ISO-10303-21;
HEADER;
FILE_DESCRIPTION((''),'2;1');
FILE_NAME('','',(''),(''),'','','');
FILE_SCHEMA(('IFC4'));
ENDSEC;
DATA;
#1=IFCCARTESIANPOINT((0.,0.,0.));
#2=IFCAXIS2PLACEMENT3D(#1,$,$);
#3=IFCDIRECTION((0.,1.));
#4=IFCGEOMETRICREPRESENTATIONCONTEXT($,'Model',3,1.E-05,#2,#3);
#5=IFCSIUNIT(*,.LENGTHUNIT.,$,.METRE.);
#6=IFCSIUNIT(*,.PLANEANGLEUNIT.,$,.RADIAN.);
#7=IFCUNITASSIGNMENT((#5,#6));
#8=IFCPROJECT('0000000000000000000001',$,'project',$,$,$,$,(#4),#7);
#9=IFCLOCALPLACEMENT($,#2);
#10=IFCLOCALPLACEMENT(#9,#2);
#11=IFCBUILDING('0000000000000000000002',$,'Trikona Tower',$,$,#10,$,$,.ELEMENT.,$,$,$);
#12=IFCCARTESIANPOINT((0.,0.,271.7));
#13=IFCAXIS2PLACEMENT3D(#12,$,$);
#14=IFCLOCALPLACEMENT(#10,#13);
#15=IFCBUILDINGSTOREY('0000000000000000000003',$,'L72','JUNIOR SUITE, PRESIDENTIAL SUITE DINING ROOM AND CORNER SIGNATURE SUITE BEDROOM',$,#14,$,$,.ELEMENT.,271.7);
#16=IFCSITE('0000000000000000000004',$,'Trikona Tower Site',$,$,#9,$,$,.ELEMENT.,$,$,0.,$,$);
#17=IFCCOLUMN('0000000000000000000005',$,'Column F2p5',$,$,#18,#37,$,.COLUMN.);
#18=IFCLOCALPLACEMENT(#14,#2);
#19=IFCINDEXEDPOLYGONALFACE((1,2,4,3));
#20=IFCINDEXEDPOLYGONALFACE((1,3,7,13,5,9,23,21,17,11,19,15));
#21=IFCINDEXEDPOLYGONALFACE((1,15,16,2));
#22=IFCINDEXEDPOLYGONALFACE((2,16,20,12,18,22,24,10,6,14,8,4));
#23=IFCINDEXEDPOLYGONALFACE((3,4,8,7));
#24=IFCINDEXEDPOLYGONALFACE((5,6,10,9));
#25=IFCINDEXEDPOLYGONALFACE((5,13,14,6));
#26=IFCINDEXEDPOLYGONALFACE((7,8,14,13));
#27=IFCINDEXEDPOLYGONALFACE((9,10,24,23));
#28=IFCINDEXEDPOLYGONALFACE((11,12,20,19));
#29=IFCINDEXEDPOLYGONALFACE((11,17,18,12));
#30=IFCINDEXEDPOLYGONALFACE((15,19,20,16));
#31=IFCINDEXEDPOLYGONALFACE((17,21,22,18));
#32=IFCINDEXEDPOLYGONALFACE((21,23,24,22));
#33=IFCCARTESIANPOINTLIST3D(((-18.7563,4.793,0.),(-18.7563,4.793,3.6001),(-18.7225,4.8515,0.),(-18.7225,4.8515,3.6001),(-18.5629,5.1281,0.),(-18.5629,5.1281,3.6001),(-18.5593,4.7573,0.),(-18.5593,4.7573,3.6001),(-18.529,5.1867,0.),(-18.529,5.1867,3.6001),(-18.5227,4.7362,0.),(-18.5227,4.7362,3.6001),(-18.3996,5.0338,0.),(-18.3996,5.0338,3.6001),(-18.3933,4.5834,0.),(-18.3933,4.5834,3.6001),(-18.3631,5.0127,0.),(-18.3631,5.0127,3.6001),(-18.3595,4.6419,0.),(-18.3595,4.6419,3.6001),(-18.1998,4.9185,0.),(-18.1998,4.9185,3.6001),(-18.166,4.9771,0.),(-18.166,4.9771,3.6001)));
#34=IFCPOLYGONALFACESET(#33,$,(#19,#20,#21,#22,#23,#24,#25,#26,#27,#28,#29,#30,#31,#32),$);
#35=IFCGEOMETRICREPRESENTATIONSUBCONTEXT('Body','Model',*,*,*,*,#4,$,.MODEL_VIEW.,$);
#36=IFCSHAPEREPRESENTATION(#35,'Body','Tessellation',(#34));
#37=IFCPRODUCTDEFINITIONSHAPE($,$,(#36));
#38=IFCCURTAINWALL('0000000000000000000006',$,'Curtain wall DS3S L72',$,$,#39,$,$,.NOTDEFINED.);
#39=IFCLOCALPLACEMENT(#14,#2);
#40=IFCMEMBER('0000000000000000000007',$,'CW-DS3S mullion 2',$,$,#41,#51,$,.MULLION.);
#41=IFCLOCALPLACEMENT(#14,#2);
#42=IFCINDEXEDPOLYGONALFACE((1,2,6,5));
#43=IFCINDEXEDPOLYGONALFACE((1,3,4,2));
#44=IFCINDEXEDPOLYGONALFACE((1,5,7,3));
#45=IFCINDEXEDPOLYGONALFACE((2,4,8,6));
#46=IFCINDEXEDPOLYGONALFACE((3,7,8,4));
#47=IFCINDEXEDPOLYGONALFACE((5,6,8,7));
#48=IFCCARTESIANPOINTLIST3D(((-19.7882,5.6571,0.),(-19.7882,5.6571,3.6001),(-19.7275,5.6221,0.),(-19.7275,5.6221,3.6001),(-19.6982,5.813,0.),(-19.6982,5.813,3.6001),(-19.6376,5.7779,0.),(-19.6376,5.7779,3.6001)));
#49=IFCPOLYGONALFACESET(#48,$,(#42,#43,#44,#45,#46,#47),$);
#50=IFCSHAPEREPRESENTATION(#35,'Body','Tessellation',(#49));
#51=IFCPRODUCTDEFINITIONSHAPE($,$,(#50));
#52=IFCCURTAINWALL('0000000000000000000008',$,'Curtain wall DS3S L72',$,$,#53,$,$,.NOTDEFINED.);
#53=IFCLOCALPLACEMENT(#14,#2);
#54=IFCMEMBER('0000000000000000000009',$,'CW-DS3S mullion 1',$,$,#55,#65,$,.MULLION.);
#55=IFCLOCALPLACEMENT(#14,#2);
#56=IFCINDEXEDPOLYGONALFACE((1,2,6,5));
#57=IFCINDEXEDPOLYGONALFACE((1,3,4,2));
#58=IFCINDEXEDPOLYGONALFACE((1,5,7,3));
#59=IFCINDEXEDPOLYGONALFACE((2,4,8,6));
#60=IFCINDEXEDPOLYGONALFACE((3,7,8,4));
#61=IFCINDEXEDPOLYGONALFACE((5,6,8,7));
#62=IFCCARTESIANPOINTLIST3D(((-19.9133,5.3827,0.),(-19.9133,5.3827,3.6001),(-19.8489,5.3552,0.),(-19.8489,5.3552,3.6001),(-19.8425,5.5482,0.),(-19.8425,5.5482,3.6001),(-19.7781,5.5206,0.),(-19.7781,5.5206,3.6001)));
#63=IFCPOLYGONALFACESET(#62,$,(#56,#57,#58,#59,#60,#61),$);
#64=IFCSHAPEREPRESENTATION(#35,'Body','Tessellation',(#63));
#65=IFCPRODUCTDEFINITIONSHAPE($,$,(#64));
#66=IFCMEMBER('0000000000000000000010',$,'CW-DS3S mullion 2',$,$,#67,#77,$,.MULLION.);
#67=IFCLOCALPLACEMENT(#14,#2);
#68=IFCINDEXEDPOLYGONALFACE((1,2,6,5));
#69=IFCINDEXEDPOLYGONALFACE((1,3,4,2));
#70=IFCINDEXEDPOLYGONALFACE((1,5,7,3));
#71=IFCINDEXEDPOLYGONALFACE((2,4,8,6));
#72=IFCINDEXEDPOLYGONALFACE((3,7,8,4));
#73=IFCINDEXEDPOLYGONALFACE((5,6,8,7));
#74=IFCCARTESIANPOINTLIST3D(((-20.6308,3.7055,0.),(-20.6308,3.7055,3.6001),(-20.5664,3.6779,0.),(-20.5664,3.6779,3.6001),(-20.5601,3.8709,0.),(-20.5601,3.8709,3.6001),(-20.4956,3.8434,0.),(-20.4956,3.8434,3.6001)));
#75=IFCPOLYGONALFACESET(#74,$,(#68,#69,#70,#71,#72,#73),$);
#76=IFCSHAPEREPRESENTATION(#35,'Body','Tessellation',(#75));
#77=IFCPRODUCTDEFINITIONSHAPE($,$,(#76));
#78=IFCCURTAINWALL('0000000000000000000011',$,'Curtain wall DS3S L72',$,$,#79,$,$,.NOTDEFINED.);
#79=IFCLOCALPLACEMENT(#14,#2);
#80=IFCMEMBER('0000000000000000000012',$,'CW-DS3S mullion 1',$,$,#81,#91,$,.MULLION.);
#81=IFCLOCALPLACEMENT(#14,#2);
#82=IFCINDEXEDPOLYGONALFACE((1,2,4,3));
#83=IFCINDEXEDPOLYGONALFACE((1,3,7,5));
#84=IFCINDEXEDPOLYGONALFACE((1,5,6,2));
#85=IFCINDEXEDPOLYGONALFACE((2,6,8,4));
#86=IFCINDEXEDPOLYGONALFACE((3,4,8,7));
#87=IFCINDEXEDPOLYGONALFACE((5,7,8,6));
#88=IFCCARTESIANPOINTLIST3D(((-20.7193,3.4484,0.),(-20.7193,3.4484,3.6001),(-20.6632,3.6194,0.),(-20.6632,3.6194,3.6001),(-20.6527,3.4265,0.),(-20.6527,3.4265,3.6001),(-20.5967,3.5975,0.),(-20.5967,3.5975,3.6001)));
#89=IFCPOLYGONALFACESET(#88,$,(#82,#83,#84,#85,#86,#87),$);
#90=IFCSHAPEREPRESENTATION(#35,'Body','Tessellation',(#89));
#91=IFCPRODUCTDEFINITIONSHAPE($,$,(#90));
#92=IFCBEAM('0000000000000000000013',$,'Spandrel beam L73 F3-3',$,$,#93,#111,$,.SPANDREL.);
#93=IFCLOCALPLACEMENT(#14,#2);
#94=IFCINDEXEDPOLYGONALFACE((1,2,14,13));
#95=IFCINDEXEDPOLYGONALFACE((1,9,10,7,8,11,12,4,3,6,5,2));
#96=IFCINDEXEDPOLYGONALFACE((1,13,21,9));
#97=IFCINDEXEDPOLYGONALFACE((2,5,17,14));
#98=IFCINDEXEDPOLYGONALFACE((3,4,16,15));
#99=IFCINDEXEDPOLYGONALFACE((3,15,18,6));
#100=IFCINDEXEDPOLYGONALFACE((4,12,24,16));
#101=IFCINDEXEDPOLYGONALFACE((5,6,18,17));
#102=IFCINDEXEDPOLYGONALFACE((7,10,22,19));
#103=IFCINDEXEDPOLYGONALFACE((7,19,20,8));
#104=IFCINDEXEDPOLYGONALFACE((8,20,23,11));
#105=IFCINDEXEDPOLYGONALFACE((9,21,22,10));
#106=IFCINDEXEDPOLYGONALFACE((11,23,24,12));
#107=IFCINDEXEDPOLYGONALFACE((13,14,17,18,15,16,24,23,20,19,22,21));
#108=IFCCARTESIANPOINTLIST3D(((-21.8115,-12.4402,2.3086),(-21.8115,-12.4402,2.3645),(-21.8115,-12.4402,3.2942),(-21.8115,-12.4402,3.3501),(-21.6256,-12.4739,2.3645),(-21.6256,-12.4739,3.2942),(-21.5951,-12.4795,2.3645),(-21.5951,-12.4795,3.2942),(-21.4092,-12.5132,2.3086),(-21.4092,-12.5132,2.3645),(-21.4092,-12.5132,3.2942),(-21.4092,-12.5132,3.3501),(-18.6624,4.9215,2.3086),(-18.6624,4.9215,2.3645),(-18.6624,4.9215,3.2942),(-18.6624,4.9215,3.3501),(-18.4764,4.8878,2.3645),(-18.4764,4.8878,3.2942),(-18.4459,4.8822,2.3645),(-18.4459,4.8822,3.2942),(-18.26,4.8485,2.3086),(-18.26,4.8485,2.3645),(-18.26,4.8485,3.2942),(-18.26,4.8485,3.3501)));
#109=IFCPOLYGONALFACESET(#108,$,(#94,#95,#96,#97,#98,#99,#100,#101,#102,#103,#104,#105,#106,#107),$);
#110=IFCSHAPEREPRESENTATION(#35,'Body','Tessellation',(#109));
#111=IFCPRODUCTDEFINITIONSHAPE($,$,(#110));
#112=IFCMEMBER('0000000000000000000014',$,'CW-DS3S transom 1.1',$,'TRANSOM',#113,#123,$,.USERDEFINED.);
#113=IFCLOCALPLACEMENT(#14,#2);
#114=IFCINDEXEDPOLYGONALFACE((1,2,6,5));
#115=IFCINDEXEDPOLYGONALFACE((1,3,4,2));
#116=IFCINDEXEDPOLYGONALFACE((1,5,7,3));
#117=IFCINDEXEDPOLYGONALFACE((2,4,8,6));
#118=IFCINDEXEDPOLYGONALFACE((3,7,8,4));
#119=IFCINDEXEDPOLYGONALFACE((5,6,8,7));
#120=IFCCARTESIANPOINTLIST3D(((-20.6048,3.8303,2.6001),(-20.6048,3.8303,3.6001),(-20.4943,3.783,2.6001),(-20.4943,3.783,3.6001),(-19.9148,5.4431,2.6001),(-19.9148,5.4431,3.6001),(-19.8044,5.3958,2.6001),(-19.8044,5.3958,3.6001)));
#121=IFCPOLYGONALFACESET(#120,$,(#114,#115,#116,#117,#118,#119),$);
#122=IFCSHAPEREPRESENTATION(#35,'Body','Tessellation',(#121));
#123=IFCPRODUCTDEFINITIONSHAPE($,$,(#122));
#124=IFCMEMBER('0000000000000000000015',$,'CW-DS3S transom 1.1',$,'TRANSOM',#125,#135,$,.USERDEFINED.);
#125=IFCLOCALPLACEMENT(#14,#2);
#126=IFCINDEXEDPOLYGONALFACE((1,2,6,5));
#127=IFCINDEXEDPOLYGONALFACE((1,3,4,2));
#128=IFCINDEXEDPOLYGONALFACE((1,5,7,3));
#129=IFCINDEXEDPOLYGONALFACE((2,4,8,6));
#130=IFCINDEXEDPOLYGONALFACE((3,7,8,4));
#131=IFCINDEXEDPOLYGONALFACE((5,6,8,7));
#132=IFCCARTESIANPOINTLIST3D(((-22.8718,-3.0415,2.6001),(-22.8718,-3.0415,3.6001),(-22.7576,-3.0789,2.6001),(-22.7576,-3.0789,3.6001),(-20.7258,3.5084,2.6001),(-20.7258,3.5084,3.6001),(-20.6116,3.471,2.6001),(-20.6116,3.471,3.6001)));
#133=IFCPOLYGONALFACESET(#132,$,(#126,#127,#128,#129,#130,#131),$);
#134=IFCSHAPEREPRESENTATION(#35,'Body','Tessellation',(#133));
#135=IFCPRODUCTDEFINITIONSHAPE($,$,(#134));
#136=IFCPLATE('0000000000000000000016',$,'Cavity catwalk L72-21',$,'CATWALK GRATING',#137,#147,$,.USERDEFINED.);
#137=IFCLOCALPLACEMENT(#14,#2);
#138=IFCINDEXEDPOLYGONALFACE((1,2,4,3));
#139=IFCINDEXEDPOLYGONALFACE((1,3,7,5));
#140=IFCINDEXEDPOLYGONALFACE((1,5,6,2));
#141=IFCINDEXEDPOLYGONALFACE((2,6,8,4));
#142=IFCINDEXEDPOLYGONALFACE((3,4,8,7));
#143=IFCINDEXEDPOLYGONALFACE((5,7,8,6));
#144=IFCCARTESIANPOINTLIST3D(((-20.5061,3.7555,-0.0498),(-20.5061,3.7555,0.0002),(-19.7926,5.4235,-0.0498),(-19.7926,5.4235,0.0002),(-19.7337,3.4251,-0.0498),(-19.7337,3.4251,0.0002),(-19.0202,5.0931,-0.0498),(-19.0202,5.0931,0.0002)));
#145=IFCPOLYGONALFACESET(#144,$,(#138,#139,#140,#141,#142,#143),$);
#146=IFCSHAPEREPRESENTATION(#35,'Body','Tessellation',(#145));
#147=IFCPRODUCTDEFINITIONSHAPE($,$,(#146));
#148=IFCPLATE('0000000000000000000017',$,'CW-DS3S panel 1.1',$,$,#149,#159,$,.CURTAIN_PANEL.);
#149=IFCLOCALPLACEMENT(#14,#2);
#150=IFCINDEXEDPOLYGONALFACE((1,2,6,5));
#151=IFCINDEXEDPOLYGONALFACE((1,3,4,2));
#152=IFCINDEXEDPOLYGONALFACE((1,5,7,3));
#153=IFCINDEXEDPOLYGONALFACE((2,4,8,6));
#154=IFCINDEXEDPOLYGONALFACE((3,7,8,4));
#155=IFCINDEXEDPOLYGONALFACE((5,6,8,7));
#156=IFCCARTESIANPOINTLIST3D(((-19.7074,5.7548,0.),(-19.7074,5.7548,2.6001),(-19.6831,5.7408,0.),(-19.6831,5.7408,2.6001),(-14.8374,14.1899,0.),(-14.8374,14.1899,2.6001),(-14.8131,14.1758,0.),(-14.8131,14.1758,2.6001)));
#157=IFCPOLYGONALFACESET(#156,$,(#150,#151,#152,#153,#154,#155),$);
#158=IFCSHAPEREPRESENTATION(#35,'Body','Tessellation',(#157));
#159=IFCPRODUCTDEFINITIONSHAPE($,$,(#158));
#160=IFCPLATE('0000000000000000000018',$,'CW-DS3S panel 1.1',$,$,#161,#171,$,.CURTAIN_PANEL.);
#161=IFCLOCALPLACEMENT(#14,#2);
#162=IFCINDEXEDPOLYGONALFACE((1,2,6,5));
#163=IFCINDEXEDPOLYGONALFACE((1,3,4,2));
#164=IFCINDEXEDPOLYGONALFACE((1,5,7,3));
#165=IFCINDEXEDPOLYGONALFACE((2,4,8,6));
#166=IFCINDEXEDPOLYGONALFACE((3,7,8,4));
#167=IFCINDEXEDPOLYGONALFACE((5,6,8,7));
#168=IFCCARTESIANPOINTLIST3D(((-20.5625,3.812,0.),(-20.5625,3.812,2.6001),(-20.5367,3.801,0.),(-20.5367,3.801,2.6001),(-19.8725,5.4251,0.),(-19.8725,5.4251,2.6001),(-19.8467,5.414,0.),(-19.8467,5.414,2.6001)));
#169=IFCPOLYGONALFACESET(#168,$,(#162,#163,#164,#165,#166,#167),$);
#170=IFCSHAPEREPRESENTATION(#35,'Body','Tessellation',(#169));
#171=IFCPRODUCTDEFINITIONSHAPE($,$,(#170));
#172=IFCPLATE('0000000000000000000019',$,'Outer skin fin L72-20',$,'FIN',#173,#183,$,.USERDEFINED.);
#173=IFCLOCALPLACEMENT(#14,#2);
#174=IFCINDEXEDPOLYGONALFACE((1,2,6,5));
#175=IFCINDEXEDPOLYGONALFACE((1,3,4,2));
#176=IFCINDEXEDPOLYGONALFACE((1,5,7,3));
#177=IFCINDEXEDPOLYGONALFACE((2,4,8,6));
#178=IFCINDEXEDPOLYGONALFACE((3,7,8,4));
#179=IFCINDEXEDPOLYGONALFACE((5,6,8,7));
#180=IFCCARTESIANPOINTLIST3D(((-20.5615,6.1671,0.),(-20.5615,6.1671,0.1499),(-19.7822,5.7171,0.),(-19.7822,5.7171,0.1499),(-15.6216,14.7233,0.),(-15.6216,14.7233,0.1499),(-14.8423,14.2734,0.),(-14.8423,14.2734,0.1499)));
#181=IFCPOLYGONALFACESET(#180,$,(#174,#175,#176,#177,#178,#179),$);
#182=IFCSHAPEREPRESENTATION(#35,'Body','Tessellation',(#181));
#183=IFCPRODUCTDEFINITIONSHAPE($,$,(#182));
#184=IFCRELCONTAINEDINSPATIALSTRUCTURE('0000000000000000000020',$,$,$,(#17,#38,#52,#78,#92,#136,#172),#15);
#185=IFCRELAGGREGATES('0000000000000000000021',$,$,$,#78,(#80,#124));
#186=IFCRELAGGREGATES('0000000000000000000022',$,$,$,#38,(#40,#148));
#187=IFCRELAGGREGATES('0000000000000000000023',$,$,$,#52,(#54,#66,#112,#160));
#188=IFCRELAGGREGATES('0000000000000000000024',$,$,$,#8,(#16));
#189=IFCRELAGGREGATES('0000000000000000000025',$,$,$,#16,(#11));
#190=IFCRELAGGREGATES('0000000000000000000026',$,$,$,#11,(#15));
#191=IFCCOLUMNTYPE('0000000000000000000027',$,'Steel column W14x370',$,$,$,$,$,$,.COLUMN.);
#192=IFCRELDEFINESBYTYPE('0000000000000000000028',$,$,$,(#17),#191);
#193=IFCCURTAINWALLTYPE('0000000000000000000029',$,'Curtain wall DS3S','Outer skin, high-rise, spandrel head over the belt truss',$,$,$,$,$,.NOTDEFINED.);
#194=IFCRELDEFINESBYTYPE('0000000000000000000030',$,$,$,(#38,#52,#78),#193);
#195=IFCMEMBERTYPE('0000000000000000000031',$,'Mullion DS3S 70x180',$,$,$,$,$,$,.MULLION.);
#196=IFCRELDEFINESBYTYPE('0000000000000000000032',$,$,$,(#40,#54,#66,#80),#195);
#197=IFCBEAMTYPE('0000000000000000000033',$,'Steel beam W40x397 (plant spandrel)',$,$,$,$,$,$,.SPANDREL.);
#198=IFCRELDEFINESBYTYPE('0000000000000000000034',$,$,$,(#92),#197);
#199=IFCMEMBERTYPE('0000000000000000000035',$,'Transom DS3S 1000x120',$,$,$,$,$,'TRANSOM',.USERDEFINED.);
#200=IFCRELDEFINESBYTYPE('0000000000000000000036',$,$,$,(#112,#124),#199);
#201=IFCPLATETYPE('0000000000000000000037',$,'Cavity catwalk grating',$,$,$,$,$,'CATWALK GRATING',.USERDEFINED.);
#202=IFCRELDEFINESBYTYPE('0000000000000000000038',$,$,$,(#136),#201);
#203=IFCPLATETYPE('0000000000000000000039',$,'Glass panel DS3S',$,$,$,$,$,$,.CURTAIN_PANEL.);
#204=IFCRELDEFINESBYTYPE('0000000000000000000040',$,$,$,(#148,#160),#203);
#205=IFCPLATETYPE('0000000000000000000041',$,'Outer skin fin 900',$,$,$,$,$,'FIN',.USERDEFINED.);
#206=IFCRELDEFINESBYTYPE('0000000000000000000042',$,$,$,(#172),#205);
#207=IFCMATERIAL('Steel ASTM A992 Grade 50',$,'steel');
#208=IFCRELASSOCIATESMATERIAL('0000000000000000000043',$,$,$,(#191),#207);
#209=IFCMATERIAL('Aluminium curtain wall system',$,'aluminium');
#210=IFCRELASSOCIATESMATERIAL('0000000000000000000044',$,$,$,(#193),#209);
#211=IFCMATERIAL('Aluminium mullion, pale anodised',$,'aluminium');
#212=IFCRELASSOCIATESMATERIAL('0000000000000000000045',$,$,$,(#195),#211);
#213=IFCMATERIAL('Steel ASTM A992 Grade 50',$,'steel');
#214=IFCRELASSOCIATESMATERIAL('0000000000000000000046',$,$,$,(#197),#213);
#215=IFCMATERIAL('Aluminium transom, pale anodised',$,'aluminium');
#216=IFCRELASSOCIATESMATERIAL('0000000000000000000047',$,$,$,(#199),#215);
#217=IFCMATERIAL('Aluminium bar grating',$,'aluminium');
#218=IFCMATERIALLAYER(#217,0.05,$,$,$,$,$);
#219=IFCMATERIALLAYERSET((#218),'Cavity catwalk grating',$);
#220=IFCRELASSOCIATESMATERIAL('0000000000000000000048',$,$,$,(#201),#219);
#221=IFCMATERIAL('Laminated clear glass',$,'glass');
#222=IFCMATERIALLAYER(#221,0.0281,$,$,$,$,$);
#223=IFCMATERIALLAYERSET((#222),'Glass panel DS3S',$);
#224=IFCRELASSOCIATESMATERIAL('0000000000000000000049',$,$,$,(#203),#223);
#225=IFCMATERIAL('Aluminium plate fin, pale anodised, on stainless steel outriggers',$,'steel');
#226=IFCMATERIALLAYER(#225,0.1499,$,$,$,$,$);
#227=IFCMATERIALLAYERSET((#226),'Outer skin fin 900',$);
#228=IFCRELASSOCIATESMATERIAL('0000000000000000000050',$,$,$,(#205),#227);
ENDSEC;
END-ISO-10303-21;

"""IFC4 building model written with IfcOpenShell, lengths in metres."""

from ifc_helpers import new_model, si_unit, direction, frame, origin, origin_2d, place, context, subcontext, project, spatial, rectangle, i_section, extrude, material, layer, layer_set, material_profile, profile_set, type_object, element, aggregate, save


model = new_model("IFC4")

# Units and contexts
model_context = context("Model", 3, precision=1e-05, world=origin(), true_north=direction((0.0, 1.0)))
body_context = subcontext(model_context, "Body", "Model", "MODEL_VIEW")
ifc_project = project(units=[si_unit("LENGTHUNIT", "METRE"), si_unit("PLANEANGLEUNIT", "RADIAN")], contexts=[model_context])

# Site, building, storey
site_placement = place(None, origin())
site = spatial("IfcSite", under=ifc_project, at=site_placement, Name="Trikona Tower Site", CompositionType="ELEMENT", RefElevation=0.0)
building_placement = place(site_placement, origin())
building = spatial("IfcBuilding", under=site, at=building_placement, Name="Trikona Tower", CompositionType="ELEMENT")
storey_placement = place(building_placement, frame((0.0, 0.0, 271.7)))
storey = spatial("IfcBuildingStorey", under=building, at=storey_placement, Name="L72", Description="JUNIOR SUITE, PRESIDENTIAL SUITE DINING ROOM AND CORNER SIGNATURE SUITE BEDROOM", CompositionType="ELEMENT", Elevation=271.7)

# Column
ifc_material_1 = material(Name="Steel ASTM A992 Grade 50", Category="steel")
ifc_material_profile_1 = material_profile(ifc_material_1, i_section(OverallWidth=0.4192, OverallDepth=0.4546, WebThickness=0.0422, FlangeThickness=0.0676, at=origin_2d()), Name="W14X370")
ifc_profile_set_1 = profile_set([ifc_material_profile_1], Name="Steel ASTM A992 Grade 50")
column_type = type_object("IfcColumnType", Name="Steel column W14x370", PredefinedType="COLUMN", material=ifc_profile_set_1)
column_placement = place(storey_placement, frame((-18.4612, 4.885, 0.0), z_axis=(0.0, 0.0, 1.0), x_axis=(-0.866025, 0.5, 0.0)))
element("IfcColumn", 1, at=column_placement, inside=storey, type_object=column_type, Name="Column F2p5", PredefinedType="COLUMN", context=body_context, shape_type="SweptSolid", body=[
    extrude(i_section(OverallWidth=0.4192, OverallDepth=0.4546, WebThickness=0.0422, FlangeThickness=0.0676, at=origin_2d()), origin(), (0.0, 0.0, 1.0), 3.6001),
])

# Curtain wall, member
ifc_material_2 = material(Name="Aluminium curtain wall system", Category="aluminium")
curtain_wall_type = type_object("IfcCurtainWallType", Name="Curtain wall DS3S", Description="Outer skin, high-rise, spandrel head over the belt truss", PredefinedType="NOTDEFINED", material=ifc_material_2)
curtain_wall_1_placement = place(storey_placement, origin())
curtain_wall_1 = element("IfcCurtainWall", 2, at=curtain_wall_1_placement, inside=storey, type_object=curtain_wall_type, Name="Curtain wall DS3S L72", PredefinedType="NOTDEFINED")
ifc_material_3 = material(Name="Aluminium mullion, pale anodised", Category="aluminium")
ifc_material_profile_2 = material_profile(ifc_material_3, rectangle(XDim=0.0701, YDim=0.1799, at=origin_2d()), Name="MUL-DS3S")
ifc_profile_set_2 = profile_set([ifc_material_profile_2], Name="Aluminium mullion, pale anodised")
member_type_1 = type_object("IfcMemberType", Name="Mullion DS3S 70x180", PredefinedType="MULLION", material=ifc_profile_set_2)
member_1_placement = place(storey_placement, frame((-19.7129, 5.7175, 0.0), z_axis=(0.0, 0.0, 1.0), x_axis=(0.866025, -0.500001, 0.0)))
member_1 = element("IfcMember", 3, at=member_1_placement, type_object=member_type_1, Name="CW-DS3S mullion 2", PredefinedType="MULLION", context=body_context, shape_type="SweptSolid", body=[
    extrude(rectangle(XDim=0.0701, YDim=0.1799, at=origin_2d()), origin(), (0.0, 0.0, 1.0), 3.6001),
])

# Curtain wall, members
curtain_wall_2_placement = place(storey_placement, origin())
curtain_wall_2 = element("IfcCurtainWall", 4, at=curtain_wall_2_placement, inside=storey, type_object=curtain_wall_type, Name="Curtain wall DS3S L72", PredefinedType="NOTDEFINED")
member_2_placement = place(storey_placement, frame((-19.8457, 5.4517, 0.0), z_axis=(0.0, 0.0, 1.0), x_axis=(0.919421, -0.393276, 0.0)))
member_2 = element("IfcMember", 5, at=member_2_placement, type_object=member_type_1, Name="CW-DS3S mullion 1", PredefinedType="MULLION", context=body_context, shape_type="SweptSolid", body=[
    extrude(rectangle(XDim=0.0701, YDim=0.1799, at=origin_2d()), origin(), (0.0, 0.0, 1.0), 3.6001),
])
member_3_placement = place(storey_placement, frame((-20.5632, 3.7744, 0.0), z_axis=(0.0, 0.0, 1.0), x_axis=(0.919421, -0.393276, 0.0)))
member_3 = element("IfcMember", 6, at=member_3_placement, type_object=member_type_1, Name="CW-DS3S mullion 2", PredefinedType="MULLION", context=body_context, shape_type="SweptSolid", body=[
    extrude(rectangle(XDim=0.0701, YDim=0.1799, at=origin_2d()), origin(), (0.0, 0.0, 1.0), 3.6001),
])

# Curtain wall, member
curtain_wall_3_placement = place(storey_placement, origin())
curtain_wall_3 = element("IfcCurtainWall", 7, at=curtain_wall_3_placement, inside=storey, type_object=curtain_wall_type, Name="Curtain wall DS3S L72", PredefinedType="NOTDEFINED")
member_4_placement = place(storey_placement, frame((-20.658, 3.5229, 0.0), z_axis=(0.0, 0.0, 1.0), x_axis=(0.950297, -0.311344, 0.0)))
member_4 = element("IfcMember", 8, at=member_4_placement, type_object=member_type_1, Name="CW-DS3S mullion 1", PredefinedType="MULLION", context=body_context, shape_type="SweptSolid", body=[
    extrude(rectangle(XDim=0.0701, YDim=0.1799, at=origin_2d()), origin(), (0.0, 0.0, 1.0), 3.6001),
])

# Beam
ifc_material_4 = material(Name="Steel ASTM A992 Grade 50", Category="steel")
ifc_material_profile_3 = material_profile(ifc_material_4, i_section(OverallWidth=0.4089, OverallDepth=1.0415, WebThickness=0.031, FlangeThickness=0.0559, at=origin_2d()), Name="W40X397")
ifc_profile_set_3 = profile_set([ifc_material_profile_3], Name="Steel ASTM A992 Grade 50")
beam_type = type_object("IfcBeamType", Name="Steel beam W40x397 (plant spandrel)", PredefinedType="SPANDREL", material=ifc_profile_set_3)
beam_placement = place(storey_placement, frame((-18.4612, 4.885, 2.8293), z_axis=(-0.178473, -0.983945, 0.0), x_axis=(0.983945, -0.178473, 0.0)))
element("IfcBeam", 9, at=beam_placement, inside=storey, type_object=beam_type, Name="Spandrel beam L73 F3-3", PredefinedType="SPANDREL", context=body_context, shape_type="SweptSolid", body=[
    extrude(i_section(OverallWidth=0.4089, OverallDepth=1.0415, WebThickness=0.031, FlangeThickness=0.0559, at=origin_2d()), origin(), (0.0, 0.0, 1.0), 17.645),
])

# Members
ifc_material_5 = material(Name="Aluminium transom, pale anodised", Category="aluminium")
ifc_material_profile_4 = material_profile(ifc_material_5, rectangle(XDim=0.1201, YDim=1.0, at=origin_2d()), Name="TRN-DS3S")
ifc_profile_set_4 = profile_set([ifc_material_profile_4], Name="Aluminium transom, pale anodised")
member_type_2 = type_object("IfcMemberType", Name="Transom DS3S 1000x120", ElementType="TRANSOM", PredefinedType="USERDEFINED", material=ifc_profile_set_4)
member_5_placement = place(storey_placement, frame((-19.8596, 5.4194, 3.1001), z_axis=(-0.393315, -0.919404, 0.0), x_axis=(0.919404, -0.393315, 0.0)))
member_5 = element("IfcMember", 10, at=member_5_placement, type_object=member_type_2, Name="CW-DS3S transom 1.1", ObjectType="TRANSOM", PredefinedType="USERDEFINED", context=body_context, shape_type="SweptSolid", body=[
    extrude(rectangle(XDim=0.1201, YDim=1.0, at=origin_2d()), origin(), (0.0, 0.0, 1.0), 1.7542),
])
member_6_placement = place(storey_placement, frame((-20.6687, 3.4897, 3.1001), z_axis=(-0.311346, -0.950297, 0.0), x_axis=(0.950297, -0.311346, 0.0)))
member_6 = element("IfcMember", 11, at=member_6_placement, type_object=member_type_2, Name="CW-DS3S transom 1.1", ObjectType="TRANSOM", PredefinedType="USERDEFINED", context=body_context, shape_type="SweptSolid", body=[
    extrude(rectangle(XDim=0.1201, YDim=1.0, at=origin_2d()), origin(), (0.0, 0.0, 1.0), 6.8926),
])
aggregate(curtain_wall_3, [member_4, member_6])

# Plates
ifc_material_6 = material(Name="Aluminium bar grating", Category="aluminium")
ifc_layer_1 = layer(ifc_material_6, 0.05)
ifc_layer_set_1 = layer_set([ifc_layer_1], Name="Cavity catwalk grating")
plate_type_1 = type_object("IfcPlateType", Name="Cavity catwalk grating", ElementType="CATWALK GRATING", PredefinedType="USERDEFINED", material=ifc_layer_set_1)
plate_1_placement = place(storey_placement, frame((-19.7632, 4.4243, -0.0498), z_axis=(0.0, 0.0, 1.0), x_axis=(-0.393284, -0.919417, 0.0)))
element("IfcPlate", 12, at=plate_1_placement, inside=storey, type_object=plate_type_1, Name="Cavity catwalk L72-21", ObjectType="CATWALK GRATING", PredefinedType="USERDEFINED", context=body_context, shape_type="SweptSolid", body=[
    extrude(rectangle(XDim=1.8142, YDim=0.8401, at=origin_2d()), origin(), (0.0, 0.0, 1.0), 0.05),
])
ifc_material_7 = material(Name="Laminated clear glass", Category="glass")
ifc_layer_2 = layer(ifc_material_7, 0.0281)
ifc_layer_set_2 = layer_set([ifc_layer_2], Name="Glass panel DS3S")
plate_type_2 = type_object("IfcPlateType", Name="Glass panel DS3S", PredefinedType="CURTAIN_PANEL", material=ifc_layer_set_2)
plate_2_placement = place(storey_placement, frame((-17.2603, 9.9653, 0.0), z_axis=(0.0, 0.0, 1.0), x_axis=(-0.500001, -0.866025, 0.0)))
plate_2 = element("IfcPlate", 13, at=plate_2_placement, type_object=plate_type_2, Name="CW-DS3S panel 1.1", PredefinedType="CURTAIN_PANEL", context=body_context, shape_type="SweptSolid", body=[
    extrude(rectangle(XDim=9.74, YDim=0.0281, at=origin_2d()), origin(), (0.0, 0.0, 1.0), 2.6001),
])
aggregate(curtain_wall_1, [member_1, plate_2])
plate_3_placement = place(storey_placement, frame((-20.2046, 4.613, 0.0), z_axis=(0.0, 0.0, 1.0), x_axis=(-0.393276, -0.919421, 0.0)))
plate_3 = element("IfcPlate", 14, at=plate_3_placement, type_object=plate_type_2, Name="CW-DS3S panel 1.1", PredefinedType="CURTAIN_PANEL", context=body_context, shape_type="SweptSolid", body=[
    extrude(rectangle(XDim=1.7544, YDim=0.0281, at=origin_2d()), origin(), (0.0, 0.0, 1.0), 2.6001),
])
aggregate(curtain_wall_2, [member_2, member_3, member_5, plate_3])

# Plate
ifc_material_8 = material(Name="Aluminium plate fin, pale anodised, on stainless steel outriggers", Category="steel")
ifc_layer_3 = layer(ifc_material_8, 0.1499)
ifc_layer_set_3 = layer_set([ifc_layer_3], Name="Outer skin fin 900")
plate_type_3 = type_object("IfcPlateType", Name="Outer skin fin 900", ElementType="FIN", PredefinedType="USERDEFINED", material=ifc_layer_set_3)
plate_4_placement = place(storey_placement, frame((-17.7019, 10.2202, 0.0), z_axis=(0.0, 0.0, 1.0), x_axis=(-0.499998, -0.866026, 0.0)))
element("IfcPlate", 15, at=plate_4_placement, inside=storey, type_object=plate_type_3, Name="Outer skin fin L72-20", ObjectType="FIN", PredefinedType="USERDEFINED", context=body_context, shape_type="SweptSolid", body=[
    extrude(rectangle(XDim=9.8799, YDim=0.8999, at=origin_2d()), origin(), (0.0, 0.0, 1.0), 0.1499),
])

save(model, "model.ifc")
